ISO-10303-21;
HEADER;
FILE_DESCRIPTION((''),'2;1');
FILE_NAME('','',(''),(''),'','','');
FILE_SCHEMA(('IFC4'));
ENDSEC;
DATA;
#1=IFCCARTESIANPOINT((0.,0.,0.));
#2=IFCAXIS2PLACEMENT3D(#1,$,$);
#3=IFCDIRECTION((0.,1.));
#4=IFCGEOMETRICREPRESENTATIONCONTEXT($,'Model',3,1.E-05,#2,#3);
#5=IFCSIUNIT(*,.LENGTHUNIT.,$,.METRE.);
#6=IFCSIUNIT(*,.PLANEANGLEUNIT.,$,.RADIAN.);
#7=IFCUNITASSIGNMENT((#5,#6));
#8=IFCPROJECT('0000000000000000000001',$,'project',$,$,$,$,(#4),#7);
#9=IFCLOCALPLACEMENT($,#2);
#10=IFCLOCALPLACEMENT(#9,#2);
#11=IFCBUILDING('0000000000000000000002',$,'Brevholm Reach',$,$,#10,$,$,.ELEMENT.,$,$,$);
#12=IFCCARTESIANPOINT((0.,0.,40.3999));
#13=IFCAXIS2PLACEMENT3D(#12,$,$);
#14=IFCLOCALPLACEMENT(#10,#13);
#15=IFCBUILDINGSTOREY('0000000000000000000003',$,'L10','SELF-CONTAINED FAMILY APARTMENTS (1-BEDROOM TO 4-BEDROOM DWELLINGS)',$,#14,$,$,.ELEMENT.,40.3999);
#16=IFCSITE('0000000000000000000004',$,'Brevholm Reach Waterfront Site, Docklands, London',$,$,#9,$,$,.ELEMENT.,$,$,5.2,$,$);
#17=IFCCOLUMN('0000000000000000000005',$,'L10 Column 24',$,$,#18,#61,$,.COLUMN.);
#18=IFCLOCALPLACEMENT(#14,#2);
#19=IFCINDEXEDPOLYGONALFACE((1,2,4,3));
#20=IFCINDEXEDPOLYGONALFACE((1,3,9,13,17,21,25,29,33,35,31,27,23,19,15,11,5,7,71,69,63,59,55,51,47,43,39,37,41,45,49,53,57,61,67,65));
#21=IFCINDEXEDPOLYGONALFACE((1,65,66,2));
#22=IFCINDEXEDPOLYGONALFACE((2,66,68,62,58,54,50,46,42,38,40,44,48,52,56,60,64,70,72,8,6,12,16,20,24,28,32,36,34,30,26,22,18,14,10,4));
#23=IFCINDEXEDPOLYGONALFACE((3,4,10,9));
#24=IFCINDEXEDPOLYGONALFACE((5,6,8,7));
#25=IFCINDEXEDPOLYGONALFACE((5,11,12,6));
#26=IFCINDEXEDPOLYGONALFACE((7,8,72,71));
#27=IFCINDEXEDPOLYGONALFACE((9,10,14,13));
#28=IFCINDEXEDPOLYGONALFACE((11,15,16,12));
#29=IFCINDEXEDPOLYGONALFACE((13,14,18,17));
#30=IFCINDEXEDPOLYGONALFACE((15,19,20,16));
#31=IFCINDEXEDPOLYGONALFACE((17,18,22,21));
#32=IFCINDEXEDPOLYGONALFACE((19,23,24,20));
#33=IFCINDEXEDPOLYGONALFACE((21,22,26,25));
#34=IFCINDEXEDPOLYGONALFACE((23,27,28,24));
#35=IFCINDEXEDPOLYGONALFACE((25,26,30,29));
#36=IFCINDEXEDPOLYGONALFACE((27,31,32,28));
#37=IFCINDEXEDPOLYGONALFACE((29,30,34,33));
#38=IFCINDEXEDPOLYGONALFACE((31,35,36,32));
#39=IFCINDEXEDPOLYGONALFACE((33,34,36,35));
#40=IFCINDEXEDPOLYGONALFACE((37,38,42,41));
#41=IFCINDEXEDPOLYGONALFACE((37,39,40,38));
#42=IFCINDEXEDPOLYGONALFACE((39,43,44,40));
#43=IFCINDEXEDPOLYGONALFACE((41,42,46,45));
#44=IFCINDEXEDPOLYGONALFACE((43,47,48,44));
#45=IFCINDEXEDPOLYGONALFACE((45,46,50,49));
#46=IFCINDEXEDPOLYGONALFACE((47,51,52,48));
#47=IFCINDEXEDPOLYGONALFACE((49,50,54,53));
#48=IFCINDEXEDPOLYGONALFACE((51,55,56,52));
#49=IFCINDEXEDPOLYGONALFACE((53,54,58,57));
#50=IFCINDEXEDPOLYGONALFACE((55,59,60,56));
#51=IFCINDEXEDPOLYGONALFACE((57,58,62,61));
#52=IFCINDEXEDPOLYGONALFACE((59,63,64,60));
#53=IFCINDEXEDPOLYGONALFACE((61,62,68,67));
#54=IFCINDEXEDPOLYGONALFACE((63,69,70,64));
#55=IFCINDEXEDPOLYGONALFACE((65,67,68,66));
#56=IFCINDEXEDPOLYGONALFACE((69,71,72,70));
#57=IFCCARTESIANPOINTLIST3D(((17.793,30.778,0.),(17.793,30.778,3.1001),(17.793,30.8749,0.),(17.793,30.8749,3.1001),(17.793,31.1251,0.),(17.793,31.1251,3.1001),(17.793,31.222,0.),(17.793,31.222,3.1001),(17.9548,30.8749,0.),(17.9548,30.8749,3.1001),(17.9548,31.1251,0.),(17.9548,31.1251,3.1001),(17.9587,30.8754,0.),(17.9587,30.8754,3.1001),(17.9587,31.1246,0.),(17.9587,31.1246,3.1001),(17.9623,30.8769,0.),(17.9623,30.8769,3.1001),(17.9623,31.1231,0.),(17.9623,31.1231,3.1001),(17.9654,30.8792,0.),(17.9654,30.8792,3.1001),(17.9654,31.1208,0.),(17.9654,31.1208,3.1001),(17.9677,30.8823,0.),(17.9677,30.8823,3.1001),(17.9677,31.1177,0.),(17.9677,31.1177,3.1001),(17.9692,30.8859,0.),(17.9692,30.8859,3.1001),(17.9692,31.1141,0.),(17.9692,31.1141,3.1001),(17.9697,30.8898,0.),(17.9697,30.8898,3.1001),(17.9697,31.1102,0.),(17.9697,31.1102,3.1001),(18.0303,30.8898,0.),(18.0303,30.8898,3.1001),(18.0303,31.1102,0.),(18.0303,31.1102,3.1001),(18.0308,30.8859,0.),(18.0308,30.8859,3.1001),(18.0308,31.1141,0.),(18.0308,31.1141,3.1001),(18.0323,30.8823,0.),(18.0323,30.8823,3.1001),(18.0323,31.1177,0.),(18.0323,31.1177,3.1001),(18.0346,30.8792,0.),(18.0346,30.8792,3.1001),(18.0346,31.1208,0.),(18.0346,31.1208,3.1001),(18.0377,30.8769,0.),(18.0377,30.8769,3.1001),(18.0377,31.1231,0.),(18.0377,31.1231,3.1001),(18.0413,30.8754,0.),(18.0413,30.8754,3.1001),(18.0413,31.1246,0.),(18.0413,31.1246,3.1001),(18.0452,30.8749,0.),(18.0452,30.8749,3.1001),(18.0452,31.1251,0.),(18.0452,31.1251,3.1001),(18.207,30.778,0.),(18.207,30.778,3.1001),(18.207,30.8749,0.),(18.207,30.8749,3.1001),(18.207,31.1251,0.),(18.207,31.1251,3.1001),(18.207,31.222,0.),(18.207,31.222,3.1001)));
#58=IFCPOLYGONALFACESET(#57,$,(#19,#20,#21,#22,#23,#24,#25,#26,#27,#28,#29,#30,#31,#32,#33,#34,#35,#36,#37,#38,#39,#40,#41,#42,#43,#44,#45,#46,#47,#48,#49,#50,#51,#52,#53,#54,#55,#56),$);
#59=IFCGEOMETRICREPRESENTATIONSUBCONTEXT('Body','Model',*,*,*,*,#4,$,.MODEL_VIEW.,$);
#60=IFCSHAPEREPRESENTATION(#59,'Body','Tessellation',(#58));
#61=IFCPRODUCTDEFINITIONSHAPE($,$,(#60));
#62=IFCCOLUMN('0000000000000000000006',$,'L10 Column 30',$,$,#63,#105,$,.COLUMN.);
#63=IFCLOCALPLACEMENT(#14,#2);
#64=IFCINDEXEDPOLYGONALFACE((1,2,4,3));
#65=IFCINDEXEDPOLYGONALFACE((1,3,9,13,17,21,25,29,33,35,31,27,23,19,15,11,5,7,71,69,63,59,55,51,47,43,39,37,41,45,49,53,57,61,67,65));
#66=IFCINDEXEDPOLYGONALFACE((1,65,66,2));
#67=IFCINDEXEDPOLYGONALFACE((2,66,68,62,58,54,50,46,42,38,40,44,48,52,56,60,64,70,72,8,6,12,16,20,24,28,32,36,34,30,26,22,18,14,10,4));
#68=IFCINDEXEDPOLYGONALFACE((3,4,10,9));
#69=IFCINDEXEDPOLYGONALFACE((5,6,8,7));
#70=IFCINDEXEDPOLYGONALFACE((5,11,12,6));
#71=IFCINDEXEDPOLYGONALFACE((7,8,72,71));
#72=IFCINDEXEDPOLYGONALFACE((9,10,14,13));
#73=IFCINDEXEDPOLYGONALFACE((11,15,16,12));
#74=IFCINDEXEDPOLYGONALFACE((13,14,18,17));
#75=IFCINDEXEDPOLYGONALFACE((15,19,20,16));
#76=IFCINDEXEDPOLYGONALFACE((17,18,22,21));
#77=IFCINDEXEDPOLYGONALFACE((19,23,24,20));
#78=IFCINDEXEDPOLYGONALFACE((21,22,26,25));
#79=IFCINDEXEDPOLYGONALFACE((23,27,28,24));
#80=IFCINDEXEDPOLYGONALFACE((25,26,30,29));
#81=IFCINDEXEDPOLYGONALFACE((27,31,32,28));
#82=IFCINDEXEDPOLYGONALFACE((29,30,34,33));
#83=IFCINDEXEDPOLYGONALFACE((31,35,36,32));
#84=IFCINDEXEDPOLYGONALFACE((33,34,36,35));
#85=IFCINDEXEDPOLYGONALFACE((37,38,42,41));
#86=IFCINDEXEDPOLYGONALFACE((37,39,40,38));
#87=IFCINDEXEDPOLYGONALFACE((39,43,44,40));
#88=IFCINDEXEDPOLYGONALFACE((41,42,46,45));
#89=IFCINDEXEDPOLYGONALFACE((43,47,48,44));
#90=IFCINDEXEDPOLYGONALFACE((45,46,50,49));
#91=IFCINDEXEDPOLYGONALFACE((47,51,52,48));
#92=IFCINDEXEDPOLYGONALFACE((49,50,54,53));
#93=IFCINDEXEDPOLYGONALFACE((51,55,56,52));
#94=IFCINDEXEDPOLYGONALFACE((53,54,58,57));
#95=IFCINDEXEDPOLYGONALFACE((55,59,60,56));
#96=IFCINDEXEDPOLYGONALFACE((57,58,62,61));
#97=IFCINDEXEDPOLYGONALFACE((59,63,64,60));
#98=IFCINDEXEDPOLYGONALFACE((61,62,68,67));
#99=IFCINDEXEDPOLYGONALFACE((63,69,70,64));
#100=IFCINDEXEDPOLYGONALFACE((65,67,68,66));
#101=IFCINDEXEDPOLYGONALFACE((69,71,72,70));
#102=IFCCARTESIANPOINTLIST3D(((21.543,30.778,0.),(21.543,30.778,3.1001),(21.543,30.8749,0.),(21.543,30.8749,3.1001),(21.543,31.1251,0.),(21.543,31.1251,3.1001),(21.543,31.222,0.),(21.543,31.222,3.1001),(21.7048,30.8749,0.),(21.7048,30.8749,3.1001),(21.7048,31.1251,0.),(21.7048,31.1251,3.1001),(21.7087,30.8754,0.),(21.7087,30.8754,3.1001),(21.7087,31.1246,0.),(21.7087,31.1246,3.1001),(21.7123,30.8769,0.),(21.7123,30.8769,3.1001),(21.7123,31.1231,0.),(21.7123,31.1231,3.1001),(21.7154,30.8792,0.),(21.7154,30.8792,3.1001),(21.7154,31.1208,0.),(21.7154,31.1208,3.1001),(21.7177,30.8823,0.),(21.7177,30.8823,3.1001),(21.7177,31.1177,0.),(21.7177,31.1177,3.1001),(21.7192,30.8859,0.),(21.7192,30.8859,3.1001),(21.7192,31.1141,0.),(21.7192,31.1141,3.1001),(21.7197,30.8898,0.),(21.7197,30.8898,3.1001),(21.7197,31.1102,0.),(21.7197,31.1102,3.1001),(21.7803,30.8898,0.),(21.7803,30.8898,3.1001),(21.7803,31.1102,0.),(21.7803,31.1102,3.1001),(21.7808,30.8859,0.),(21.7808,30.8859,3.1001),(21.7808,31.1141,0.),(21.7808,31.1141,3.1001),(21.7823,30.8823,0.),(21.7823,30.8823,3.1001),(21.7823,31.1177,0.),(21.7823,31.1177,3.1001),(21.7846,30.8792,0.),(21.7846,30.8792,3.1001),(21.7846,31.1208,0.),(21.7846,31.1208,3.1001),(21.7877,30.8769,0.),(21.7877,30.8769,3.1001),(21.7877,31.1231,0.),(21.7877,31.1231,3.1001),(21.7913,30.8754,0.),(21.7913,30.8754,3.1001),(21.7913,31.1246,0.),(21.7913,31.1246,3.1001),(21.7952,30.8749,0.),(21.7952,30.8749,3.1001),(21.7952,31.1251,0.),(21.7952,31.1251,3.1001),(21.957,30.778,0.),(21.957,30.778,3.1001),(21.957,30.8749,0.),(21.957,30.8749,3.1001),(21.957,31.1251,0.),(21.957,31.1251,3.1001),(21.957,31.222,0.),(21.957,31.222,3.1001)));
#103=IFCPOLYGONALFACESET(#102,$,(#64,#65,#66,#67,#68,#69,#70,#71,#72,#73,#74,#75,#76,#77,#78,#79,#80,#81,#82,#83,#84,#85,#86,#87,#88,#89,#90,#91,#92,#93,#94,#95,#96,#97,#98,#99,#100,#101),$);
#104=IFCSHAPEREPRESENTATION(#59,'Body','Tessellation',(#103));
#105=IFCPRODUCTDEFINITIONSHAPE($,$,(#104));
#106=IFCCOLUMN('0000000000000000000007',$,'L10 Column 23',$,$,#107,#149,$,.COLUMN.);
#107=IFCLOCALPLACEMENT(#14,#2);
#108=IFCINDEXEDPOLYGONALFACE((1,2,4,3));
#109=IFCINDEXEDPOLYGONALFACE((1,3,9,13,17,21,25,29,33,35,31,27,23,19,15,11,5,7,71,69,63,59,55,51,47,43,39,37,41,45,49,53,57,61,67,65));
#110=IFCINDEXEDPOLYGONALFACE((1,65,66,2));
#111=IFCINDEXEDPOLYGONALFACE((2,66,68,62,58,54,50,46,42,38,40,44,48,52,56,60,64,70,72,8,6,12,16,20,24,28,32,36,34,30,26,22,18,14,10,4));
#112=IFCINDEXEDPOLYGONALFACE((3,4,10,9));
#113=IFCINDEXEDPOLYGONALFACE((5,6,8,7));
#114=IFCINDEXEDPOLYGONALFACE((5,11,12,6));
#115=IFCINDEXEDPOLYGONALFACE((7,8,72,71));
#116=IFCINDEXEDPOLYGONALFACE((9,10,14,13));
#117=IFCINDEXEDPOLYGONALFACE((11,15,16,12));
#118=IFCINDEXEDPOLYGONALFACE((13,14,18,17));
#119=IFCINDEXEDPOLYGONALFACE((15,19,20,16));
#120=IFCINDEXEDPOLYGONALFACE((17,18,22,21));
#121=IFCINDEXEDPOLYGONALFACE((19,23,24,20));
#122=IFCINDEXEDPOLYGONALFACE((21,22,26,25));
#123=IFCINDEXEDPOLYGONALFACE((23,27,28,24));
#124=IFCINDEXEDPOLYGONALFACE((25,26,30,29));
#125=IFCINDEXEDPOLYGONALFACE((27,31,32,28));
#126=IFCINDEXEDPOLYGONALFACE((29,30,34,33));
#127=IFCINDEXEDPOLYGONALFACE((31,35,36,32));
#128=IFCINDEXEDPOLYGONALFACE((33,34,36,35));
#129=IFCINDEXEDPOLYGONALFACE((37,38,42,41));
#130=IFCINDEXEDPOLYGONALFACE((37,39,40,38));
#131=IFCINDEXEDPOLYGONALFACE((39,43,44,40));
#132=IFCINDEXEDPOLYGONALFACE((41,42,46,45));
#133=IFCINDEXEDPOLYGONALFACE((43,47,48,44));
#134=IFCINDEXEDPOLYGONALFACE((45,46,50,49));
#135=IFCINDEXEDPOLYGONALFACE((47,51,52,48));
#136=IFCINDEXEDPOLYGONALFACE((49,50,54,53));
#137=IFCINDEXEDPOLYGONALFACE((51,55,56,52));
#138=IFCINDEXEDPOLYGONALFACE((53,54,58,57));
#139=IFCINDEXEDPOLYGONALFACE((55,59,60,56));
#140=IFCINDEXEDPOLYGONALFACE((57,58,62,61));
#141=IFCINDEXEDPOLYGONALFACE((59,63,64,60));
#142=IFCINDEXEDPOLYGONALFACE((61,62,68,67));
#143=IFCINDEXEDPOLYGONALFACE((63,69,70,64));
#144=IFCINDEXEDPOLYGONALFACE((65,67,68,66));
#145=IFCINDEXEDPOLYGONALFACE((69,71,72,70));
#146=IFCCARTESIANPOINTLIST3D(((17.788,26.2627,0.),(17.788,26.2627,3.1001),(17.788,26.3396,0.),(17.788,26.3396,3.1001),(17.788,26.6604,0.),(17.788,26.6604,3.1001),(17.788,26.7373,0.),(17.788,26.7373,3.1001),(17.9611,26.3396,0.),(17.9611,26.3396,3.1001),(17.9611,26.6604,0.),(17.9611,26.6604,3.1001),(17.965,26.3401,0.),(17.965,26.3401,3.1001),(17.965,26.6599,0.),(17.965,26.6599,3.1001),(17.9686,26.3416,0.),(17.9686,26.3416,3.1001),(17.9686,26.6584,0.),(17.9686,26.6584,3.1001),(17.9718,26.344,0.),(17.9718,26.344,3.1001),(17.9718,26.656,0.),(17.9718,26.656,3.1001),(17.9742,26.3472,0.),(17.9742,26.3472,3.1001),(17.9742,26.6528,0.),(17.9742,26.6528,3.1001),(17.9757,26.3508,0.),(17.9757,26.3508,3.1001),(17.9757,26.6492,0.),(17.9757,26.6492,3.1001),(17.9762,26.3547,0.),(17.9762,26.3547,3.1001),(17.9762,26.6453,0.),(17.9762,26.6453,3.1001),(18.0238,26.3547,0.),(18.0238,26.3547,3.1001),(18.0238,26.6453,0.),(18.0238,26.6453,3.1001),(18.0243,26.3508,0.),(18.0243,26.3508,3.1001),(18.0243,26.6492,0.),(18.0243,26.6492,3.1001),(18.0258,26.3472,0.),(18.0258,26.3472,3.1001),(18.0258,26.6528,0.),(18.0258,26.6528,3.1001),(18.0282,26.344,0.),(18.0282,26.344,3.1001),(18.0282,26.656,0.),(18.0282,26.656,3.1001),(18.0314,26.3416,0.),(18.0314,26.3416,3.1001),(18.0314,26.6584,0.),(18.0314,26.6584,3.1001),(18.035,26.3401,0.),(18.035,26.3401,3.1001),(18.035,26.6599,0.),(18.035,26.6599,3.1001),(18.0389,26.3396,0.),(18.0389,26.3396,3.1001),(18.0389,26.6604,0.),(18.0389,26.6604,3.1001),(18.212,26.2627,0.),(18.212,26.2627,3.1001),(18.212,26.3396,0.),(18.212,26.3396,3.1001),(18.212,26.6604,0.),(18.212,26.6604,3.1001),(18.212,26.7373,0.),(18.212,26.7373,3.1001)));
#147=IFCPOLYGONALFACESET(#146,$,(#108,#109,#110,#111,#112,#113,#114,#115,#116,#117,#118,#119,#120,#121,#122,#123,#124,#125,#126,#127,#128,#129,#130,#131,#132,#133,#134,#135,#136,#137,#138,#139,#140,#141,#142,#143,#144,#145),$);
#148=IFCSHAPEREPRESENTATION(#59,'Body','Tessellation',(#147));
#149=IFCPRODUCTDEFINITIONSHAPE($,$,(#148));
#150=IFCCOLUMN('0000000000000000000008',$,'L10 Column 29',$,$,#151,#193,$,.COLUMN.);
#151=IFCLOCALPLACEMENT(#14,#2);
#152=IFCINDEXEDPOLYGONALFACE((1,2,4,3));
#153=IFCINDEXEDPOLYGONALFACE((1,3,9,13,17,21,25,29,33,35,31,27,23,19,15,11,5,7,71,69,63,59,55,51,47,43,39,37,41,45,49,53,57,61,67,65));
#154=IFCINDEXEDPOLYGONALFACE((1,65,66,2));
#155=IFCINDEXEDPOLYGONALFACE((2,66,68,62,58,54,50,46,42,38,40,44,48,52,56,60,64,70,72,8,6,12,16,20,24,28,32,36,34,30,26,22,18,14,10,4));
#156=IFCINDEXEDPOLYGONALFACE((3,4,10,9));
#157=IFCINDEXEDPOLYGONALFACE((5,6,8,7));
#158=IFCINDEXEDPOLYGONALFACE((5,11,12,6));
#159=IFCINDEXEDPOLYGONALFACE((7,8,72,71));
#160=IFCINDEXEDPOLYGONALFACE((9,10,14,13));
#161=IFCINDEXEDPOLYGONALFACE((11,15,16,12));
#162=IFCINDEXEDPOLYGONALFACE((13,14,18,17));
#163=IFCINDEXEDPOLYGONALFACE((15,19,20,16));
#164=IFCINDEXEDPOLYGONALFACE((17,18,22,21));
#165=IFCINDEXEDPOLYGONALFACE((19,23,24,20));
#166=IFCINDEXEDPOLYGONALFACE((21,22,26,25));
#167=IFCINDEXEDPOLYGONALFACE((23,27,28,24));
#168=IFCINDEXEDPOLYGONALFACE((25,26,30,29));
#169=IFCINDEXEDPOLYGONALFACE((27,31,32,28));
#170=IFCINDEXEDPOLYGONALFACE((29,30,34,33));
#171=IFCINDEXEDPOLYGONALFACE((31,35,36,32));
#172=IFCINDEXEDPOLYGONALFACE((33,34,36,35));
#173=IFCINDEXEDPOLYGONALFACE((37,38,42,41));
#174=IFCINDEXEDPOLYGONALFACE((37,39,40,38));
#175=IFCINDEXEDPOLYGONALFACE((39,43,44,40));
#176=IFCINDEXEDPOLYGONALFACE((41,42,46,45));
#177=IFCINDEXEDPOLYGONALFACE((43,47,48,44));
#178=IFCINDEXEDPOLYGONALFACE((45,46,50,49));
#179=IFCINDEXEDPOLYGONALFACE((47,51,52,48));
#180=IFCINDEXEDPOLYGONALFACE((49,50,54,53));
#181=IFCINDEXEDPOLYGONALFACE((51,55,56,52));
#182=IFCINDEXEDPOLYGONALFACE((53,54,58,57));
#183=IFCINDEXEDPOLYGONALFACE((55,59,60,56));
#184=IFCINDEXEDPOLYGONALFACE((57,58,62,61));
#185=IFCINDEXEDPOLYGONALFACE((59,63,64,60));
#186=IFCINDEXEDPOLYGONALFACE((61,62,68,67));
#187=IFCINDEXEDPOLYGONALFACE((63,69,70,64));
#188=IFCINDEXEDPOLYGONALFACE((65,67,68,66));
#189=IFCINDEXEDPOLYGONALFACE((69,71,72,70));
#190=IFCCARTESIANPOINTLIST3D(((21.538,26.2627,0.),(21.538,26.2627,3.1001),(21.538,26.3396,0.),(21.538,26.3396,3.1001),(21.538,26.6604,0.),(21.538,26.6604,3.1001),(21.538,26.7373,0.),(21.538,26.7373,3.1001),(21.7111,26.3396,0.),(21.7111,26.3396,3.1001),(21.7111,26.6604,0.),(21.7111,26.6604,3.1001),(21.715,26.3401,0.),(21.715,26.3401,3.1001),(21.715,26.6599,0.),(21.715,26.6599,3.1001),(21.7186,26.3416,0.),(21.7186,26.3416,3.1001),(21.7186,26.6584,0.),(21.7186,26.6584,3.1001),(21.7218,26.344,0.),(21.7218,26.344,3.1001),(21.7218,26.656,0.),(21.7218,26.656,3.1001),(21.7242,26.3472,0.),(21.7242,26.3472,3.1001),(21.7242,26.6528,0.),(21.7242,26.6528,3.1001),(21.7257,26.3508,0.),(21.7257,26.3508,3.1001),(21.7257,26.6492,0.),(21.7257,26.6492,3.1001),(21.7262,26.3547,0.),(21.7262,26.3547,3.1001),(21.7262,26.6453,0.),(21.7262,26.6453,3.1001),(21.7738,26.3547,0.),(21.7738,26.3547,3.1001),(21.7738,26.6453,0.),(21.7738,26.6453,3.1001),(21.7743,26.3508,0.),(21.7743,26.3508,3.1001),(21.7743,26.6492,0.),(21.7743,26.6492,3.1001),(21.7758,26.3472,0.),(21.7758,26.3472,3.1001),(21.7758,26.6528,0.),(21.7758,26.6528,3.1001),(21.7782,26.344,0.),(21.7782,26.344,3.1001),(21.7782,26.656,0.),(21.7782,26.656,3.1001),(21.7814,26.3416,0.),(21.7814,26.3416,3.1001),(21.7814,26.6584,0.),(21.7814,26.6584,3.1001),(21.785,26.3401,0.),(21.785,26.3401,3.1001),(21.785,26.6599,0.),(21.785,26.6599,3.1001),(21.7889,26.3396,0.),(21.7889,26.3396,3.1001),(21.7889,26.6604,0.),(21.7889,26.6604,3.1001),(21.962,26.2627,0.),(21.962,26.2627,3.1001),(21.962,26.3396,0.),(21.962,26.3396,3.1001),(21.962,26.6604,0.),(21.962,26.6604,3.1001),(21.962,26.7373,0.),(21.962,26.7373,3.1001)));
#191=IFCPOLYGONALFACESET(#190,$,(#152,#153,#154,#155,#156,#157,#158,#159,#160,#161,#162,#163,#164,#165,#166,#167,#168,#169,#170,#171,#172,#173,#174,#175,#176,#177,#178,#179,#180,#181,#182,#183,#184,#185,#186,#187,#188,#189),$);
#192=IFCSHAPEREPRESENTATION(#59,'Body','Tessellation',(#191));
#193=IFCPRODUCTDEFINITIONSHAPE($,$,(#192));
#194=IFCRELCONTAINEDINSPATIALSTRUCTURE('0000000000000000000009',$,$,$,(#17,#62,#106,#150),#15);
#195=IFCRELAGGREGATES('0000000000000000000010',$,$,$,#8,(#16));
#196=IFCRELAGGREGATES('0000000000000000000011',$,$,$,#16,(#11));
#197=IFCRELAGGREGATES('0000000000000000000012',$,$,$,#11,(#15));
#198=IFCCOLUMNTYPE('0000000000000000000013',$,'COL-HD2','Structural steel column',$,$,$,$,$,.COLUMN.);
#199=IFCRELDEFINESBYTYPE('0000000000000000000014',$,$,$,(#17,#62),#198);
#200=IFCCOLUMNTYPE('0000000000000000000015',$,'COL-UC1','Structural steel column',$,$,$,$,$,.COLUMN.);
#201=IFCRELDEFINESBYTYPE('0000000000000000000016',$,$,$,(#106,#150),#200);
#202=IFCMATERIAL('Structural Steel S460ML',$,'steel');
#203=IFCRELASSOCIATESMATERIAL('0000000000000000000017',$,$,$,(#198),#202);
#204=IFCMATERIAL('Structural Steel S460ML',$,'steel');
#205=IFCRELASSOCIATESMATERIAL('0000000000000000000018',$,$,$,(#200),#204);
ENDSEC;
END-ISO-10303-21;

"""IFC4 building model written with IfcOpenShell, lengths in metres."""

from ifc_helpers import new_model, si_unit, direction, frame, origin, origin_2d, place, context, subcontext, project, spatial, i_section, extrude, material, material_profile, profile_set, type_object, element, save


model = new_model("IFC4")

# Units and contexts
model_context = context("Model", 3, precision=1e-05, world=origin(), true_north=direction((0.0, 1.0)))
body_context = subcontext(model_context, "Body", "Model", "MODEL_VIEW")
ifc_project = project(units=[si_unit("LENGTHUNIT", "METRE"), si_unit("PLANEANGLEUNIT", "RADIAN")], contexts=[model_context])

# Site, building, storey
site_placement = place(None, origin())
site = spatial("IfcSite", under=ifc_project, at=site_placement, Name="Brevholm Reach Waterfront Site, Docklands, London", CompositionType="ELEMENT", RefElevation=5.2)
building_placement = place(site_placement, origin())
building = spatial("IfcBuilding", under=site, at=building_placement, Name="Brevholm Reach", CompositionType="ELEMENT")
storey_placement = place(building_placement, frame((0.0, 0.0, 40.3999)))
storey = spatial("IfcBuildingStorey", under=building, at=storey_placement, Name="L10", Description="SELF-CONTAINED FAMILY APARTMENTS (1-BEDROOM TO 4-BEDROOM DWELLINGS)", CompositionType="ELEMENT", Elevation=40.3999)

# Columns
ifc_material_1 = material(Name="Structural Steel S460ML", Category="steel")
ifc_material_profile_1 = material_profile(ifc_material_1, i_section(OverallWidth=0.4141, OverallDepth=0.4441, WebThickness=0.0605, FlangeThickness=0.0969, FilletRadius=0.0149, at=origin_2d()), Name="HD 400x818")
ifc_profile_set_1 = profile_set([ifc_material_profile_1], Name="Structural Steel S460ML")
column_type_1 = type_object("IfcColumnType", Name="COL-HD2", Description="Structural steel column", PredefinedType="COLUMN", material=ifc_profile_set_1)
for number, where, z_axis, x_axis, name in (
    (1, (18.0, 31.0, 0.0), (0.0, 0.0, 1.0), (1.0, 0.0, 0.0), "L10 Column 24"),
    (2, (21.75, 31.0, 0.0), (0.0, 0.0, 1.0), (1.0, 0.0, 0.0), "L10 Column 30"),
):
    element("IfcColumn", number, at=place(storey_placement, frame(where, z_axis=z_axis, x_axis=x_axis)), inside=storey, type_object=column_type_1, Name=name, PredefinedType="COLUMN", context=body_context, shape_type="SweptSolid", body=[
        extrude(i_section(OverallWidth=0.4141, OverallDepth=0.4441, WebThickness=0.0605, FlangeThickness=0.0969, FilletRadius=0.0149, at=origin_2d()), origin(), (0.0, 0.0, 1.0), 3.1001),
    ])
ifc_material_2 = material(Name="Structural Steel S460ML", Category="steel")
ifc_material_profile_2 = material_profile(ifc_material_2, i_section(OverallWidth=0.4241, OverallDepth=0.4746, WebThickness=0.0476, FlangeThickness=0.0769, FilletRadius=0.0151, at=origin_2d()), Name="UKC 356x406x634")
ifc_profile_set_2 = profile_set([ifc_material_profile_2], Name="Structural Steel S460ML")
column_type_2 = type_object("IfcColumnType", Name="COL-UC1", Description="Structural steel column", PredefinedType="COLUMN", material=ifc_profile_set_2)
for number, where, z_axis, x_axis, name in (
    (3, (18.0, 26.5, 0.0), (0.0, 0.0, 1.0), (1.0, 0.0, 0.0), "L10 Column 23"),
    (4, (21.75, 26.5, 0.0), (0.0, 0.0, 1.0), (1.0, 0.0, 0.0), "L10 Column 29"),
):
    element("IfcColumn", number, at=place(storey_placement, frame(where, z_axis=z_axis, x_axis=x_axis)), inside=storey, type_object=column_type_2, Name=name, PredefinedType="COLUMN", context=body_context, shape_type="SweptSolid", body=[
        extrude(i_section(OverallWidth=0.4241, OverallDepth=0.4746, WebThickness=0.0476, FlangeThickness=0.0769, FilletRadius=0.0151, at=origin_2d()), origin(), (0.0, 0.0, 1.0), 3.1001),
    ])

save(model, "model.ifc")
